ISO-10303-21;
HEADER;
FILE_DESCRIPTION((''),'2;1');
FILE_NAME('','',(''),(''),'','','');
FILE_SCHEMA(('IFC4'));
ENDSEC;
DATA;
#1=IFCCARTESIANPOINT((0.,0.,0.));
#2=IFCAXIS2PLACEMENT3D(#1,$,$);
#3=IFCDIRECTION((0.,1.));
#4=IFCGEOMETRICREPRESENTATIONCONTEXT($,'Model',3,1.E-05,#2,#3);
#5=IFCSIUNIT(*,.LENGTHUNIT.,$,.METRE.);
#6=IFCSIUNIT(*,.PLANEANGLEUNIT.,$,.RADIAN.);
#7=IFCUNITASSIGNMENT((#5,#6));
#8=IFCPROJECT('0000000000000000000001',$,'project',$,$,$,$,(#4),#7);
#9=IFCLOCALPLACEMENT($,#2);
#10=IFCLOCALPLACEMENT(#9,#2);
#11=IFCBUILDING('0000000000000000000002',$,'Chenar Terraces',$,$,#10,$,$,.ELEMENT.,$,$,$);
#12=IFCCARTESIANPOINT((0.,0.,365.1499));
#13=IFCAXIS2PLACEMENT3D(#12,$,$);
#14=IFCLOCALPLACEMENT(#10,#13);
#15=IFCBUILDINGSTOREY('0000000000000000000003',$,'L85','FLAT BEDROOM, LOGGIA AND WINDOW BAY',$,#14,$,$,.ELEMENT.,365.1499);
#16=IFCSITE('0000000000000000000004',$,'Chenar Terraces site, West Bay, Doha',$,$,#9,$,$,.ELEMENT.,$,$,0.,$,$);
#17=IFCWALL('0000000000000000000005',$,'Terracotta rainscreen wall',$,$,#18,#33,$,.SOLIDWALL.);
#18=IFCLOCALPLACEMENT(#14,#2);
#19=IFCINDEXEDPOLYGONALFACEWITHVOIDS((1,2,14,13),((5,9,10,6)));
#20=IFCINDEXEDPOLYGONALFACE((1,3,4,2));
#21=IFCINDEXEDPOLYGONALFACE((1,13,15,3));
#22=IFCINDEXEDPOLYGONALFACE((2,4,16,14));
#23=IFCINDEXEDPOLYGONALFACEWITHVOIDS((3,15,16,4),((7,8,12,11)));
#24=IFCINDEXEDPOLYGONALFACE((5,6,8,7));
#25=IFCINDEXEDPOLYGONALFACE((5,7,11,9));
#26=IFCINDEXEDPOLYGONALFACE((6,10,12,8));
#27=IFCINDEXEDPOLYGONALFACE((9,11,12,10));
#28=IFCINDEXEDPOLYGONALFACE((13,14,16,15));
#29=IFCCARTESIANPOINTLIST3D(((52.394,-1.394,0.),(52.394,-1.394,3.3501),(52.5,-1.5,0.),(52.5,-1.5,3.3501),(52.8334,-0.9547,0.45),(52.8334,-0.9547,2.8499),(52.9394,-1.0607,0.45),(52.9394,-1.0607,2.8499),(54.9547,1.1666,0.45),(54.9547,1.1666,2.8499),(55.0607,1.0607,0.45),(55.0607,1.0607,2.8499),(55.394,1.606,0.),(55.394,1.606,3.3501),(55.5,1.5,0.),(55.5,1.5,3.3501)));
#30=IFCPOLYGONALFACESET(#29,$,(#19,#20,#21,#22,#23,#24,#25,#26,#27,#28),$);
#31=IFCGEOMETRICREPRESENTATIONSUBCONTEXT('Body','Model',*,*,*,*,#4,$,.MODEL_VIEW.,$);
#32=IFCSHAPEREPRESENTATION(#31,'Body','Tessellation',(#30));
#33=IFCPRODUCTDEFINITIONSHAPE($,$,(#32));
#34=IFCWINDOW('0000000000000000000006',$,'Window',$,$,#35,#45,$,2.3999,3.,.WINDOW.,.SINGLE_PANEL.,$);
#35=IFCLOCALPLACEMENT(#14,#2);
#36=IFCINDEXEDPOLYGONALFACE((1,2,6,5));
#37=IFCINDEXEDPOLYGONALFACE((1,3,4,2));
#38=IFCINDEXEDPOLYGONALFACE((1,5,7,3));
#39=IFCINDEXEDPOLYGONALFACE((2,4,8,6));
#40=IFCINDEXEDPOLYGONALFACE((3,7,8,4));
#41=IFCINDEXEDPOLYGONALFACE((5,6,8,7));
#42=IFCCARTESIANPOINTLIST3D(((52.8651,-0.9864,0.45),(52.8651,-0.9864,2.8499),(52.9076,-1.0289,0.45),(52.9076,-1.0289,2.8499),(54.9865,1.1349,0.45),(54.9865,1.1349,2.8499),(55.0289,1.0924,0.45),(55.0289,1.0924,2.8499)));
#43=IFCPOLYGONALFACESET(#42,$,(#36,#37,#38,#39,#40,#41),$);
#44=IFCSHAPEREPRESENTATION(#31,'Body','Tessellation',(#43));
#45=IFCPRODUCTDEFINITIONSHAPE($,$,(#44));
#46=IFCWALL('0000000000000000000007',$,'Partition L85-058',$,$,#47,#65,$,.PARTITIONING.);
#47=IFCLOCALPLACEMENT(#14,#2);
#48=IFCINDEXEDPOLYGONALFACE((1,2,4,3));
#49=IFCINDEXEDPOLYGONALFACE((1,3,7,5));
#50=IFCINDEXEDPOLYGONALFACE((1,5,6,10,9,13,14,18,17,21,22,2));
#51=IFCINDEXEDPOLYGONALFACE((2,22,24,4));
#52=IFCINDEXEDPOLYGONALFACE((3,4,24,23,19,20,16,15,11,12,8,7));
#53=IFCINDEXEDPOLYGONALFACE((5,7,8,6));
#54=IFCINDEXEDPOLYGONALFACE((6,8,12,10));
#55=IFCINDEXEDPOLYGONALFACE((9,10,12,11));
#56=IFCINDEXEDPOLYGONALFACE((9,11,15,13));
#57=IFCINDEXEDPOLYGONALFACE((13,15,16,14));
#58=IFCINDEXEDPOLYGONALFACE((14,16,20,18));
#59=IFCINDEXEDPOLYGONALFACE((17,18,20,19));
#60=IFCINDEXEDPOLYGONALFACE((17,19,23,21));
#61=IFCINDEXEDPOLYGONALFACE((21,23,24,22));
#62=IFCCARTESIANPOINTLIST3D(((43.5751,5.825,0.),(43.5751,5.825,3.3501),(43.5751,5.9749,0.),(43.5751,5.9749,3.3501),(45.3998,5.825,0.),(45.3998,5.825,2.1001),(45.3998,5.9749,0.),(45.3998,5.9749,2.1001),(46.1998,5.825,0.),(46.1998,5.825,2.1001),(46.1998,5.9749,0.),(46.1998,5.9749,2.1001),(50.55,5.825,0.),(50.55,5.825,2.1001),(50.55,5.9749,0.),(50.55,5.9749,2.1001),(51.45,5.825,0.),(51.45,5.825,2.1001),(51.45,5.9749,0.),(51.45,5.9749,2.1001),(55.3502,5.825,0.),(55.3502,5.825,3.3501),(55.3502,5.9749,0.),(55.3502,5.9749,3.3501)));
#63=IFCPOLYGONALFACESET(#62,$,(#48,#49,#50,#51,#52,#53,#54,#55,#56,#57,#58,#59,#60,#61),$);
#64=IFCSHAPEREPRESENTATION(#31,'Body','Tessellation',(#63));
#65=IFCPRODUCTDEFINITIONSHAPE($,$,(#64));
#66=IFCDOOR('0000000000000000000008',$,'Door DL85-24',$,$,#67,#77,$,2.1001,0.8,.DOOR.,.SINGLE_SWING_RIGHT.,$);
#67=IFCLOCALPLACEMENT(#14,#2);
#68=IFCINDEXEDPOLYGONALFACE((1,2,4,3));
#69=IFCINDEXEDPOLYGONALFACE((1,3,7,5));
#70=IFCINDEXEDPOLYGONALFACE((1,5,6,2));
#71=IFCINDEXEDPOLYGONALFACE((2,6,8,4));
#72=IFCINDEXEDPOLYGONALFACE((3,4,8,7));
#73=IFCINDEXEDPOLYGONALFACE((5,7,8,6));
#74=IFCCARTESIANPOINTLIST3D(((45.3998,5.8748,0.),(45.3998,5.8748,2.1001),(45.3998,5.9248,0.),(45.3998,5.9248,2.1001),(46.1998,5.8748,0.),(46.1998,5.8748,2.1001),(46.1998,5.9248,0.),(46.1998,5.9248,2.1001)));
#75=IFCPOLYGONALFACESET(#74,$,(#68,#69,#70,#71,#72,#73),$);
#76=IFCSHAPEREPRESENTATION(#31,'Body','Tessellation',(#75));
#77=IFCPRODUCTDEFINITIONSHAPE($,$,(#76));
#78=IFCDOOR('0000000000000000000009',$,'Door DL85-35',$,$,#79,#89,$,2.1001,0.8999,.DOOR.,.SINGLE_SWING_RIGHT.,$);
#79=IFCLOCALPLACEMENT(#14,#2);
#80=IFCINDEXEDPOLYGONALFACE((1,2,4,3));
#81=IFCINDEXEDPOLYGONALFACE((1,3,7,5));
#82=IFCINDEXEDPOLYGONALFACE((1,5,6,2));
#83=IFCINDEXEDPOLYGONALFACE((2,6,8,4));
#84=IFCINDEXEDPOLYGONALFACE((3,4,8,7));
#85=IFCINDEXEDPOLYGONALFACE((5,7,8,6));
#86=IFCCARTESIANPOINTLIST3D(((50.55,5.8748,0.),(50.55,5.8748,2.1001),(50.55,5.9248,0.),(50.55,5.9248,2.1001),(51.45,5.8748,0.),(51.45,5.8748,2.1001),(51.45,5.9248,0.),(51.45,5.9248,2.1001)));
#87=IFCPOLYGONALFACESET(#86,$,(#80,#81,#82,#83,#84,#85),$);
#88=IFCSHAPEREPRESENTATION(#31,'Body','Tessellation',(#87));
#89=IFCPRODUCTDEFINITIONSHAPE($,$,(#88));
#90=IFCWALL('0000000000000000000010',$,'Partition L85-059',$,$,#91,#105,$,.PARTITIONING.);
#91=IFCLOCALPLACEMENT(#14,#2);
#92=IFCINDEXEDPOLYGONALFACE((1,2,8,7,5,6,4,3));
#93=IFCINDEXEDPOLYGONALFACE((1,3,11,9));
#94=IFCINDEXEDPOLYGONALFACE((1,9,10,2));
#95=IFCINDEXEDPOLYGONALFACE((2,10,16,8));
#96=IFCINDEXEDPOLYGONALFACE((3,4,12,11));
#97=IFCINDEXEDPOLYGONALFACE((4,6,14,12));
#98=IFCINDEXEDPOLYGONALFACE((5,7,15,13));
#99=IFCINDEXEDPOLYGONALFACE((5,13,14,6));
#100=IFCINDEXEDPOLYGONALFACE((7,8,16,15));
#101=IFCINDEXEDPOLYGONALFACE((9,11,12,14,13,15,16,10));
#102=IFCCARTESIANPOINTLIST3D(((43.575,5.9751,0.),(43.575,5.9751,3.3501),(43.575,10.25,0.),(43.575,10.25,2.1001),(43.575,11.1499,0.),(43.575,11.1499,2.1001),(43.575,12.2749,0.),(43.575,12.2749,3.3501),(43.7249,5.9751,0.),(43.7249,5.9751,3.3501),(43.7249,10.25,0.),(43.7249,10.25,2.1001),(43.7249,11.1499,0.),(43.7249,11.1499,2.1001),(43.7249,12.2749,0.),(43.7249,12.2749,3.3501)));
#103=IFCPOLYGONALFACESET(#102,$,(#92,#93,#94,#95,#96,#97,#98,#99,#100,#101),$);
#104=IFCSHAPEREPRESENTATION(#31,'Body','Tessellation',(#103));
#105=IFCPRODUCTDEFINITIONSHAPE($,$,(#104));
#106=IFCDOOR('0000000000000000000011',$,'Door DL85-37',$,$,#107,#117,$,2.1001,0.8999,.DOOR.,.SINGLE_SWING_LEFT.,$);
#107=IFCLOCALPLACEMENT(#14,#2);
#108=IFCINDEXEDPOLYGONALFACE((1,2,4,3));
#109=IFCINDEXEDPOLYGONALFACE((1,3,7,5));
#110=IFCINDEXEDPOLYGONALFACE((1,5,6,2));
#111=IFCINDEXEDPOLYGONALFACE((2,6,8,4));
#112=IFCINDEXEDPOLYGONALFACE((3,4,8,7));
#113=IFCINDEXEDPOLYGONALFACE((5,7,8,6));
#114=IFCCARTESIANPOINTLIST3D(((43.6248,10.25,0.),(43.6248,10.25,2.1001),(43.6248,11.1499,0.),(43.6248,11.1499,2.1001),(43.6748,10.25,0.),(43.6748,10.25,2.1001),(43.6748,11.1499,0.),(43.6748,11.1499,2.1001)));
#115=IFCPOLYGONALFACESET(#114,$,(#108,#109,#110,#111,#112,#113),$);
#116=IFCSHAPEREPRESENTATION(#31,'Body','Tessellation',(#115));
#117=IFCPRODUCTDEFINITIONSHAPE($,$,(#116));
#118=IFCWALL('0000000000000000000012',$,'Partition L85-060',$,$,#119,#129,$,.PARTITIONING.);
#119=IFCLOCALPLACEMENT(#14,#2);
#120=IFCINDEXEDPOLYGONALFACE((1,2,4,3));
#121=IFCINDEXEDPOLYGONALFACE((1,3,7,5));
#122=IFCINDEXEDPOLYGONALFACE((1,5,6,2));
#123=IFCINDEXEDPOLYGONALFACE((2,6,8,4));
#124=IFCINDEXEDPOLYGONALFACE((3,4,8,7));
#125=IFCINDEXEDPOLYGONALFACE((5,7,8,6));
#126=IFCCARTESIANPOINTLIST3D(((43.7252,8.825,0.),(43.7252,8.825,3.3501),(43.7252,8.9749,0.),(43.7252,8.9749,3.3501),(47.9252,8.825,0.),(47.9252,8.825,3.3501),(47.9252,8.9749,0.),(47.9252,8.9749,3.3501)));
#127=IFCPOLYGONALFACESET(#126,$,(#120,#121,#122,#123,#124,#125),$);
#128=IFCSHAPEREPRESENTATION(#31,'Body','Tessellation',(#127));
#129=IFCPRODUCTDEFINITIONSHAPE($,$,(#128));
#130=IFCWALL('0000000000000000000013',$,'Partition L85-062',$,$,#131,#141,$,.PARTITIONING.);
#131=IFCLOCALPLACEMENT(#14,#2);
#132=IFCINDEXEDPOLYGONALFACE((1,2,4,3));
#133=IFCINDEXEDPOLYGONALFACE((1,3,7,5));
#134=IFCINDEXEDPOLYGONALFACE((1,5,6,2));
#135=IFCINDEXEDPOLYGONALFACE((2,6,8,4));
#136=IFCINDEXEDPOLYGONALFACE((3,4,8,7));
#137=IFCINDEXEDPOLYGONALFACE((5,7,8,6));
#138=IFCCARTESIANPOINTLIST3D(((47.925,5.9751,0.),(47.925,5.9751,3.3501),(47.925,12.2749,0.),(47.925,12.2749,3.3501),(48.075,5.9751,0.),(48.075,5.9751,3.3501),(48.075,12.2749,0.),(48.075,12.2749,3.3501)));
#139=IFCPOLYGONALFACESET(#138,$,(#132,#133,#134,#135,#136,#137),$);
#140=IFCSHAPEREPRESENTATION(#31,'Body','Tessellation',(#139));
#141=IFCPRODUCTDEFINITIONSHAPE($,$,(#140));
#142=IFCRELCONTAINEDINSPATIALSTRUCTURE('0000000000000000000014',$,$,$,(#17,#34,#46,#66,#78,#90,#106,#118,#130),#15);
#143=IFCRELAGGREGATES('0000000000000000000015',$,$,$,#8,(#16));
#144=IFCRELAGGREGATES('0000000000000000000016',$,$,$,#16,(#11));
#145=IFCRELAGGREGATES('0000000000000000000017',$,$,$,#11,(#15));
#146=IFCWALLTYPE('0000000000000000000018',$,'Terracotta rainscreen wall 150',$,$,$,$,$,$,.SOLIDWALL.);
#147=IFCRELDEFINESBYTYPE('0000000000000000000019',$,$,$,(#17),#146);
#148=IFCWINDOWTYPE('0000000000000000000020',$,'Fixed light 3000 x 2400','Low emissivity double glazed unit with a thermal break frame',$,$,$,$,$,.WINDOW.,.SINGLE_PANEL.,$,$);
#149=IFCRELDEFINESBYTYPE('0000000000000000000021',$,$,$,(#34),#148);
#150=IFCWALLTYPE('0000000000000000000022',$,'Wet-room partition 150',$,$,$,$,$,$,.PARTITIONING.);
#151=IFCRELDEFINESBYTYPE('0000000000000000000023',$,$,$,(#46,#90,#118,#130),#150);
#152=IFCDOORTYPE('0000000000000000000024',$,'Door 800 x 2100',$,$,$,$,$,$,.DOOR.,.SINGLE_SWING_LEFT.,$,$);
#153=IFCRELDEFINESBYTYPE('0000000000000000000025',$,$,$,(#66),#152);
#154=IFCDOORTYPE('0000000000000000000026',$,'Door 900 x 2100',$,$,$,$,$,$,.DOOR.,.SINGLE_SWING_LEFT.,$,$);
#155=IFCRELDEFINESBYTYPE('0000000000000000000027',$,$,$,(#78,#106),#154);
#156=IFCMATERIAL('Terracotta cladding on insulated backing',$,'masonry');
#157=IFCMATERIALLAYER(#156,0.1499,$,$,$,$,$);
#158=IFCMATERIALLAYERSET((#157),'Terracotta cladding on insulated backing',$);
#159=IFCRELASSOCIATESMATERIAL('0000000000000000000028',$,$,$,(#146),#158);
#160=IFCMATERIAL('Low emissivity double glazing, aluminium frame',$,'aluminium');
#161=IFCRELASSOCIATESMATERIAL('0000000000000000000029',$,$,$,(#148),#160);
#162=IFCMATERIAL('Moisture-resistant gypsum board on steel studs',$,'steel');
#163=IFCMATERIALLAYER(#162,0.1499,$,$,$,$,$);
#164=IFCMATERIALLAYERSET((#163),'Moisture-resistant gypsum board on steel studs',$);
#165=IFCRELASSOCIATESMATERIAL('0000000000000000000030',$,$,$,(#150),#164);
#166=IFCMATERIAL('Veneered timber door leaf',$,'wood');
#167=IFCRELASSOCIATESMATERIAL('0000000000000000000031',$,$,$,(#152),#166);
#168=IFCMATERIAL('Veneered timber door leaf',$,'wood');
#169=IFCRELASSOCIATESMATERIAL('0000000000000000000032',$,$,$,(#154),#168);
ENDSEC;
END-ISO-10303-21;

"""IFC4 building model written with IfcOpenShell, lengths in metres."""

from ifc_helpers import new_model, si_unit, direction, frame, frame_2d, origin, place, context, subcontext, project, spatial, rectangle, extrude, material, layer, layer_set, type_object, element, fill, save


model = new_model("IFC4")

# Units and contexts
model_context = context("Model", 3, precision=1e-05, world=origin(), true_north=direction((0.0, 1.0)))
body_context = subcontext(model_context, "Body", "Model", "MODEL_VIEW")
ifc_project = project(units=[si_unit("LENGTHUNIT", "METRE"), si_unit("PLANEANGLEUNIT", "RADIAN")], contexts=[model_context])

# Site, building, storey
site_placement = place(None, origin())
site = spatial("IfcSite", under=ifc_project, at=site_placement, Name="Chenar Terraces site, West Bay, Doha", CompositionType="ELEMENT", RefElevation=0.0)
building_placement = place(site_placement, origin())
building = spatial("IfcBuilding", under=site, at=building_placement, Name="Chenar Terraces", CompositionType="ELEMENT")
storey_placement = place(building_placement, frame((0.0, 0.0, 365.1499)))
storey = spatial("IfcBuildingStorey", under=building, at=storey_placement, Name="L85", Description="FLAT BEDROOM, LOGGIA AND WINDOW BAY", CompositionType="ELEMENT", Elevation=365.1499)

# Wall, opening, window
ifc_material_1 = material(Name="Terracotta cladding on insulated backing", Category="masonry")
ifc_layer_1 = layer(ifc_material_1, 0.1499)
ifc_layer_set_1 = layer_set([ifc_layer_1], Name="Terracotta cladding on insulated backing")
wall_type_1 = type_object("IfcWallType", Name="Terracotta rainscreen wall 150", PredefinedType="SOLIDWALL", material=ifc_layer_set_1)
wall_1_placement = place(storey_placement, frame((52.447, -1.447, 0.0), z_axis=(0.0, 0.0, 1.0), x_axis=(0.707107, 0.707107, 0.0)))
wall_1 = element("IfcWall", 1, at=wall_1_placement, inside=storey, type_object=wall_type_1, Name="Terracotta rainscreen wall", PredefinedType="SOLIDWALL", context=body_context, shape_type="SweptSolid", body=[
    extrude(rectangle(XDim=4.2427, YDim=0.1499, at=frame_2d((2.1213, 0.0))), origin(), (0.0, 0.0, 1.0), 3.3501),
])
opening_1_placement = place(wall_1_placement, frame((0.6213, 0.0, 0.45)))
opening_1 = element("IfcOpeningElement", 2, at=opening_1_placement, cuts=wall_1, PredefinedType="OPENING", context=body_context, shape_type="SweptSolid", body=[
    extrude(rectangle(XDim=3.0, YDim=2.3999, at=frame_2d((1.5, 1.2))), frame((0.0, 0.085, 0.0), z_axis=(0.0, -1.0, 0.0), x_axis=(1.0, 0.0, 0.0)), (0.0, 0.0, 1.0), 0.1699),
])
ifc_material_2 = material(Name="Low emissivity double glazing, aluminium frame", Category="aluminium")
window_type_1 = type_object("IfcWindowType", Name="Fixed light 3000 x 2400", Description="Low emissivity double glazed unit with a thermal break frame", PartitioningType="SINGLE_PANEL", PredefinedType="WINDOW", material=ifc_material_2)
window_1_placement = place(opening_1_placement, origin())
window_1 = element("IfcWindow", 3, at=window_1_placement, inside=storey, type_object=window_type_1, Name="Window", OverallHeight=2.3999, OverallWidth=3.0, PartitioningType="SINGLE_PANEL", PredefinedType="WINDOW", context=body_context, shape_type="SweptSolid", body=[
    extrude(rectangle(XDim=3.0, YDim=2.3999, at=frame_2d((1.5, 1.2))), frame((0.0, 0.03, 0.0), z_axis=(0.0, -1.0, 0.0), x_axis=(1.0, 0.0, 0.0)), (0.0, 0.0, 1.0), 0.0601),
])
fill(opening_1, window_1)

# Wall, openings, doors
ifc_material_3 = material(Name="Moisture-resistant gypsum board on steel studs", Category="steel")
ifc_layer_2 = layer(ifc_material_3, 0.1499)
ifc_layer_set_2 = layer_set([ifc_layer_2], Name="Moisture-resistant gypsum board on steel studs")
wall_type_2 = type_object("IfcWallType", Name="Wet-room partition 150", PredefinedType="PARTITIONING", material=ifc_layer_set_2)
wall_2_placement = place(storey_placement, frame((43.575, 5.8999, 0.0), z_axis=(0.0, 0.0, 1.0), x_axis=(1.0, 0.0, 0.0)))
wall_2 = element("IfcWall", 4, at=wall_2_placement, inside=storey, type_object=wall_type_2, Name="Partition L85-058", PredefinedType="PARTITIONING", context=body_context, shape_type="SweptSolid", body=[
    extrude(rectangle(XDim=11.7751, YDim=0.1499, at=frame_2d((5.8877, 0.0))), origin(), (0.0, 0.0, 1.0), 3.3501),
])
opening_2_placement = place(wall_2_placement, frame((1.825, 0.0, 0.0)))
opening_2 = element("IfcOpeningElement", 5, at=opening_2_placement, cuts=wall_2, PredefinedType="OPENING", context=body_context, shape_type="SweptSolid", body=[
    extrude(rectangle(XDim=0.8, YDim=2.1001, at=frame_2d((0.3999, 1.05))), frame((0.0, 0.085, 0.0), z_axis=(0.0, -1.0, 0.0), x_axis=(1.0, 0.0, 0.0)), (0.0, 0.0, 1.0), 0.1699),
])
opening_3_placement = place(wall_2_placement, frame((6.9751, 0.0, 0.0)))
opening_3 = element("IfcOpeningElement", 6, at=opening_3_placement, cuts=wall_2, PredefinedType="OPENING", context=body_context, shape_type="SweptSolid", body=[
    extrude(rectangle(XDim=0.8999, YDim=2.1001, at=frame_2d((0.45, 1.05))), frame((0.0, 0.085, 0.0), z_axis=(0.0, -1.0, 0.0), x_axis=(1.0, 0.0, 0.0)), (0.0, 0.0, 1.0), 0.1699),
])
ifc_material_4 = material(Name="Veneered timber door leaf", Category="wood")
door_type_1 = type_object("IfcDoorType", Name="Door 800 x 2100", OperationType="SINGLE_SWING_LEFT", PredefinedType="DOOR", material=ifc_material_4)
door_1_placement = place(opening_2_placement, origin())
door_1 = element("IfcDoor", 7, at=door_1_placement, inside=storey, type_object=door_type_1, Name="Door DL85-24", OperationType="SINGLE_SWING_RIGHT", OverallHeight=2.1001, OverallWidth=0.8, PredefinedType="DOOR", context=body_context, shape_type="SweptSolid", body=[
    extrude(rectangle(XDim=0.8, YDim=2.1001, at=frame_2d((0.3999, 1.05))), frame((0.0, 0.0249, 0.0), z_axis=(0.0, -1.0, 0.0), x_axis=(1.0, 0.0, 0.0)), (0.0, 0.0, 1.0), 0.05),
])
fill(opening_2, door_1)
ifc_material_5 = material(Name="Veneered timber door leaf", Category="wood")
door_type_2 = type_object("IfcDoorType", Name="Door 900 x 2100", OperationType="SINGLE_SWING_LEFT", PredefinedType="DOOR", material=ifc_material_5)
door_2_placement = place(opening_3_placement, origin())
door_2 = element("IfcDoor", 8, at=door_2_placement, inside=storey, type_object=door_type_2, Name="Door DL85-35", OperationType="SINGLE_SWING_RIGHT", OverallHeight=2.1001, OverallWidth=0.8999, PredefinedType="DOOR", context=body_context, shape_type="SweptSolid", body=[
    extrude(rectangle(XDim=0.8999, YDim=2.1001, at=frame_2d((0.45, 1.05))), frame((0.0, 0.0249, 0.0), z_axis=(0.0, -1.0, 0.0), x_axis=(1.0, 0.0, 0.0)), (0.0, 0.0, 1.0), 0.05),
])
fill(opening_3, door_2)

# Wall, opening, door
wall_3_placement = place(storey_placement, frame((43.6499, 5.9751, 0.0), z_axis=(0.0, 0.0, 1.0), x_axis=(0.0, 1.0, 0.0)))
wall_3 = element("IfcWall", 9, at=wall_3_placement, inside=storey, type_object=wall_type_2, Name="Partition L85-059", PredefinedType="PARTITIONING", context=body_context, shape_type="SweptSolid", body=[
    extrude(rectangle(XDim=6.2998, YDim=0.1499, at=frame_2d((3.1499, 0.0))), origin(), (0.0, 0.0, 1.0), 3.3501),
])
opening_4_placement = place(wall_3_placement, frame((4.2749, 0.0, 0.0)))
opening_4 = element("IfcOpeningElement", 10, at=opening_4_placement, cuts=wall_3, PredefinedType="OPENING", context=body_context, shape_type="SweptSolid", body=[
    extrude(rectangle(XDim=0.8999, YDim=2.1001, at=frame_2d((0.45, 1.05))), frame((0.0, 0.085, 0.0), z_axis=(0.0, -1.0, 0.0), x_axis=(1.0, 0.0, 0.0)), (0.0, 0.0, 1.0), 0.1699),
])
door_3_placement = place(opening_4_placement, frame((0.8999, 0.0, 0.0), z_axis=(0.0, 0.0, 1.0), x_axis=(-1.0, 0.0, 0.0)))
door_3 = element("IfcDoor", 11, at=door_3_placement, inside=storey, type_object=door_type_2, Name="Door DL85-37", OperationType="SINGLE_SWING_LEFT", OverallHeight=2.1001, OverallWidth=0.8999, PredefinedType="DOOR", context=body_context, shape_type="SweptSolid", body=[
    extrude(rectangle(XDim=0.8999, YDim=2.1001, at=frame_2d((0.45, 1.05))), frame((0.0, 0.0249, 0.0), z_axis=(0.0, -1.0, 0.0), x_axis=(1.0, 0.0, 0.0)), (0.0, 0.0, 1.0), 0.05),
])
fill(opening_4, door_3)

# Walls
wall_4_placement = place(storey_placement, frame((43.7251, 8.8999, 0.0), z_axis=(0.0, 0.0, 1.0), x_axis=(1.0, 0.0, 0.0)))
element("IfcWall", 12, at=wall_4_placement, inside=storey, type_object=wall_type_2, Name="Partition L85-060", PredefinedType="PARTITIONING", context=body_context, shape_type="SweptSolid", body=[
    extrude(rectangle(XDim=4.2, YDim=0.1499, at=frame_2d((2.1001, 0.0))), origin(), (0.0, 0.0, 1.0), 3.3501),
])
wall_5_placement = place(storey_placement, frame((48.0, 5.9751, 0.0), z_axis=(0.0, 0.0, 1.0), x_axis=(0.0, 1.0, 0.0)))
element("IfcWall", 13, at=wall_5_placement, inside=storey, type_object=wall_type_2, Name="Partition L85-062", PredefinedType="PARTITIONING", context=body_context, shape_type="SweptSolid", body=[
    extrude(rectangle(XDim=6.2998, YDim=0.1499, at=frame_2d((3.1499, 0.0))), origin(), (0.0, 0.0, 1.0), 3.3501),
])

save(model, "model.ifc")
